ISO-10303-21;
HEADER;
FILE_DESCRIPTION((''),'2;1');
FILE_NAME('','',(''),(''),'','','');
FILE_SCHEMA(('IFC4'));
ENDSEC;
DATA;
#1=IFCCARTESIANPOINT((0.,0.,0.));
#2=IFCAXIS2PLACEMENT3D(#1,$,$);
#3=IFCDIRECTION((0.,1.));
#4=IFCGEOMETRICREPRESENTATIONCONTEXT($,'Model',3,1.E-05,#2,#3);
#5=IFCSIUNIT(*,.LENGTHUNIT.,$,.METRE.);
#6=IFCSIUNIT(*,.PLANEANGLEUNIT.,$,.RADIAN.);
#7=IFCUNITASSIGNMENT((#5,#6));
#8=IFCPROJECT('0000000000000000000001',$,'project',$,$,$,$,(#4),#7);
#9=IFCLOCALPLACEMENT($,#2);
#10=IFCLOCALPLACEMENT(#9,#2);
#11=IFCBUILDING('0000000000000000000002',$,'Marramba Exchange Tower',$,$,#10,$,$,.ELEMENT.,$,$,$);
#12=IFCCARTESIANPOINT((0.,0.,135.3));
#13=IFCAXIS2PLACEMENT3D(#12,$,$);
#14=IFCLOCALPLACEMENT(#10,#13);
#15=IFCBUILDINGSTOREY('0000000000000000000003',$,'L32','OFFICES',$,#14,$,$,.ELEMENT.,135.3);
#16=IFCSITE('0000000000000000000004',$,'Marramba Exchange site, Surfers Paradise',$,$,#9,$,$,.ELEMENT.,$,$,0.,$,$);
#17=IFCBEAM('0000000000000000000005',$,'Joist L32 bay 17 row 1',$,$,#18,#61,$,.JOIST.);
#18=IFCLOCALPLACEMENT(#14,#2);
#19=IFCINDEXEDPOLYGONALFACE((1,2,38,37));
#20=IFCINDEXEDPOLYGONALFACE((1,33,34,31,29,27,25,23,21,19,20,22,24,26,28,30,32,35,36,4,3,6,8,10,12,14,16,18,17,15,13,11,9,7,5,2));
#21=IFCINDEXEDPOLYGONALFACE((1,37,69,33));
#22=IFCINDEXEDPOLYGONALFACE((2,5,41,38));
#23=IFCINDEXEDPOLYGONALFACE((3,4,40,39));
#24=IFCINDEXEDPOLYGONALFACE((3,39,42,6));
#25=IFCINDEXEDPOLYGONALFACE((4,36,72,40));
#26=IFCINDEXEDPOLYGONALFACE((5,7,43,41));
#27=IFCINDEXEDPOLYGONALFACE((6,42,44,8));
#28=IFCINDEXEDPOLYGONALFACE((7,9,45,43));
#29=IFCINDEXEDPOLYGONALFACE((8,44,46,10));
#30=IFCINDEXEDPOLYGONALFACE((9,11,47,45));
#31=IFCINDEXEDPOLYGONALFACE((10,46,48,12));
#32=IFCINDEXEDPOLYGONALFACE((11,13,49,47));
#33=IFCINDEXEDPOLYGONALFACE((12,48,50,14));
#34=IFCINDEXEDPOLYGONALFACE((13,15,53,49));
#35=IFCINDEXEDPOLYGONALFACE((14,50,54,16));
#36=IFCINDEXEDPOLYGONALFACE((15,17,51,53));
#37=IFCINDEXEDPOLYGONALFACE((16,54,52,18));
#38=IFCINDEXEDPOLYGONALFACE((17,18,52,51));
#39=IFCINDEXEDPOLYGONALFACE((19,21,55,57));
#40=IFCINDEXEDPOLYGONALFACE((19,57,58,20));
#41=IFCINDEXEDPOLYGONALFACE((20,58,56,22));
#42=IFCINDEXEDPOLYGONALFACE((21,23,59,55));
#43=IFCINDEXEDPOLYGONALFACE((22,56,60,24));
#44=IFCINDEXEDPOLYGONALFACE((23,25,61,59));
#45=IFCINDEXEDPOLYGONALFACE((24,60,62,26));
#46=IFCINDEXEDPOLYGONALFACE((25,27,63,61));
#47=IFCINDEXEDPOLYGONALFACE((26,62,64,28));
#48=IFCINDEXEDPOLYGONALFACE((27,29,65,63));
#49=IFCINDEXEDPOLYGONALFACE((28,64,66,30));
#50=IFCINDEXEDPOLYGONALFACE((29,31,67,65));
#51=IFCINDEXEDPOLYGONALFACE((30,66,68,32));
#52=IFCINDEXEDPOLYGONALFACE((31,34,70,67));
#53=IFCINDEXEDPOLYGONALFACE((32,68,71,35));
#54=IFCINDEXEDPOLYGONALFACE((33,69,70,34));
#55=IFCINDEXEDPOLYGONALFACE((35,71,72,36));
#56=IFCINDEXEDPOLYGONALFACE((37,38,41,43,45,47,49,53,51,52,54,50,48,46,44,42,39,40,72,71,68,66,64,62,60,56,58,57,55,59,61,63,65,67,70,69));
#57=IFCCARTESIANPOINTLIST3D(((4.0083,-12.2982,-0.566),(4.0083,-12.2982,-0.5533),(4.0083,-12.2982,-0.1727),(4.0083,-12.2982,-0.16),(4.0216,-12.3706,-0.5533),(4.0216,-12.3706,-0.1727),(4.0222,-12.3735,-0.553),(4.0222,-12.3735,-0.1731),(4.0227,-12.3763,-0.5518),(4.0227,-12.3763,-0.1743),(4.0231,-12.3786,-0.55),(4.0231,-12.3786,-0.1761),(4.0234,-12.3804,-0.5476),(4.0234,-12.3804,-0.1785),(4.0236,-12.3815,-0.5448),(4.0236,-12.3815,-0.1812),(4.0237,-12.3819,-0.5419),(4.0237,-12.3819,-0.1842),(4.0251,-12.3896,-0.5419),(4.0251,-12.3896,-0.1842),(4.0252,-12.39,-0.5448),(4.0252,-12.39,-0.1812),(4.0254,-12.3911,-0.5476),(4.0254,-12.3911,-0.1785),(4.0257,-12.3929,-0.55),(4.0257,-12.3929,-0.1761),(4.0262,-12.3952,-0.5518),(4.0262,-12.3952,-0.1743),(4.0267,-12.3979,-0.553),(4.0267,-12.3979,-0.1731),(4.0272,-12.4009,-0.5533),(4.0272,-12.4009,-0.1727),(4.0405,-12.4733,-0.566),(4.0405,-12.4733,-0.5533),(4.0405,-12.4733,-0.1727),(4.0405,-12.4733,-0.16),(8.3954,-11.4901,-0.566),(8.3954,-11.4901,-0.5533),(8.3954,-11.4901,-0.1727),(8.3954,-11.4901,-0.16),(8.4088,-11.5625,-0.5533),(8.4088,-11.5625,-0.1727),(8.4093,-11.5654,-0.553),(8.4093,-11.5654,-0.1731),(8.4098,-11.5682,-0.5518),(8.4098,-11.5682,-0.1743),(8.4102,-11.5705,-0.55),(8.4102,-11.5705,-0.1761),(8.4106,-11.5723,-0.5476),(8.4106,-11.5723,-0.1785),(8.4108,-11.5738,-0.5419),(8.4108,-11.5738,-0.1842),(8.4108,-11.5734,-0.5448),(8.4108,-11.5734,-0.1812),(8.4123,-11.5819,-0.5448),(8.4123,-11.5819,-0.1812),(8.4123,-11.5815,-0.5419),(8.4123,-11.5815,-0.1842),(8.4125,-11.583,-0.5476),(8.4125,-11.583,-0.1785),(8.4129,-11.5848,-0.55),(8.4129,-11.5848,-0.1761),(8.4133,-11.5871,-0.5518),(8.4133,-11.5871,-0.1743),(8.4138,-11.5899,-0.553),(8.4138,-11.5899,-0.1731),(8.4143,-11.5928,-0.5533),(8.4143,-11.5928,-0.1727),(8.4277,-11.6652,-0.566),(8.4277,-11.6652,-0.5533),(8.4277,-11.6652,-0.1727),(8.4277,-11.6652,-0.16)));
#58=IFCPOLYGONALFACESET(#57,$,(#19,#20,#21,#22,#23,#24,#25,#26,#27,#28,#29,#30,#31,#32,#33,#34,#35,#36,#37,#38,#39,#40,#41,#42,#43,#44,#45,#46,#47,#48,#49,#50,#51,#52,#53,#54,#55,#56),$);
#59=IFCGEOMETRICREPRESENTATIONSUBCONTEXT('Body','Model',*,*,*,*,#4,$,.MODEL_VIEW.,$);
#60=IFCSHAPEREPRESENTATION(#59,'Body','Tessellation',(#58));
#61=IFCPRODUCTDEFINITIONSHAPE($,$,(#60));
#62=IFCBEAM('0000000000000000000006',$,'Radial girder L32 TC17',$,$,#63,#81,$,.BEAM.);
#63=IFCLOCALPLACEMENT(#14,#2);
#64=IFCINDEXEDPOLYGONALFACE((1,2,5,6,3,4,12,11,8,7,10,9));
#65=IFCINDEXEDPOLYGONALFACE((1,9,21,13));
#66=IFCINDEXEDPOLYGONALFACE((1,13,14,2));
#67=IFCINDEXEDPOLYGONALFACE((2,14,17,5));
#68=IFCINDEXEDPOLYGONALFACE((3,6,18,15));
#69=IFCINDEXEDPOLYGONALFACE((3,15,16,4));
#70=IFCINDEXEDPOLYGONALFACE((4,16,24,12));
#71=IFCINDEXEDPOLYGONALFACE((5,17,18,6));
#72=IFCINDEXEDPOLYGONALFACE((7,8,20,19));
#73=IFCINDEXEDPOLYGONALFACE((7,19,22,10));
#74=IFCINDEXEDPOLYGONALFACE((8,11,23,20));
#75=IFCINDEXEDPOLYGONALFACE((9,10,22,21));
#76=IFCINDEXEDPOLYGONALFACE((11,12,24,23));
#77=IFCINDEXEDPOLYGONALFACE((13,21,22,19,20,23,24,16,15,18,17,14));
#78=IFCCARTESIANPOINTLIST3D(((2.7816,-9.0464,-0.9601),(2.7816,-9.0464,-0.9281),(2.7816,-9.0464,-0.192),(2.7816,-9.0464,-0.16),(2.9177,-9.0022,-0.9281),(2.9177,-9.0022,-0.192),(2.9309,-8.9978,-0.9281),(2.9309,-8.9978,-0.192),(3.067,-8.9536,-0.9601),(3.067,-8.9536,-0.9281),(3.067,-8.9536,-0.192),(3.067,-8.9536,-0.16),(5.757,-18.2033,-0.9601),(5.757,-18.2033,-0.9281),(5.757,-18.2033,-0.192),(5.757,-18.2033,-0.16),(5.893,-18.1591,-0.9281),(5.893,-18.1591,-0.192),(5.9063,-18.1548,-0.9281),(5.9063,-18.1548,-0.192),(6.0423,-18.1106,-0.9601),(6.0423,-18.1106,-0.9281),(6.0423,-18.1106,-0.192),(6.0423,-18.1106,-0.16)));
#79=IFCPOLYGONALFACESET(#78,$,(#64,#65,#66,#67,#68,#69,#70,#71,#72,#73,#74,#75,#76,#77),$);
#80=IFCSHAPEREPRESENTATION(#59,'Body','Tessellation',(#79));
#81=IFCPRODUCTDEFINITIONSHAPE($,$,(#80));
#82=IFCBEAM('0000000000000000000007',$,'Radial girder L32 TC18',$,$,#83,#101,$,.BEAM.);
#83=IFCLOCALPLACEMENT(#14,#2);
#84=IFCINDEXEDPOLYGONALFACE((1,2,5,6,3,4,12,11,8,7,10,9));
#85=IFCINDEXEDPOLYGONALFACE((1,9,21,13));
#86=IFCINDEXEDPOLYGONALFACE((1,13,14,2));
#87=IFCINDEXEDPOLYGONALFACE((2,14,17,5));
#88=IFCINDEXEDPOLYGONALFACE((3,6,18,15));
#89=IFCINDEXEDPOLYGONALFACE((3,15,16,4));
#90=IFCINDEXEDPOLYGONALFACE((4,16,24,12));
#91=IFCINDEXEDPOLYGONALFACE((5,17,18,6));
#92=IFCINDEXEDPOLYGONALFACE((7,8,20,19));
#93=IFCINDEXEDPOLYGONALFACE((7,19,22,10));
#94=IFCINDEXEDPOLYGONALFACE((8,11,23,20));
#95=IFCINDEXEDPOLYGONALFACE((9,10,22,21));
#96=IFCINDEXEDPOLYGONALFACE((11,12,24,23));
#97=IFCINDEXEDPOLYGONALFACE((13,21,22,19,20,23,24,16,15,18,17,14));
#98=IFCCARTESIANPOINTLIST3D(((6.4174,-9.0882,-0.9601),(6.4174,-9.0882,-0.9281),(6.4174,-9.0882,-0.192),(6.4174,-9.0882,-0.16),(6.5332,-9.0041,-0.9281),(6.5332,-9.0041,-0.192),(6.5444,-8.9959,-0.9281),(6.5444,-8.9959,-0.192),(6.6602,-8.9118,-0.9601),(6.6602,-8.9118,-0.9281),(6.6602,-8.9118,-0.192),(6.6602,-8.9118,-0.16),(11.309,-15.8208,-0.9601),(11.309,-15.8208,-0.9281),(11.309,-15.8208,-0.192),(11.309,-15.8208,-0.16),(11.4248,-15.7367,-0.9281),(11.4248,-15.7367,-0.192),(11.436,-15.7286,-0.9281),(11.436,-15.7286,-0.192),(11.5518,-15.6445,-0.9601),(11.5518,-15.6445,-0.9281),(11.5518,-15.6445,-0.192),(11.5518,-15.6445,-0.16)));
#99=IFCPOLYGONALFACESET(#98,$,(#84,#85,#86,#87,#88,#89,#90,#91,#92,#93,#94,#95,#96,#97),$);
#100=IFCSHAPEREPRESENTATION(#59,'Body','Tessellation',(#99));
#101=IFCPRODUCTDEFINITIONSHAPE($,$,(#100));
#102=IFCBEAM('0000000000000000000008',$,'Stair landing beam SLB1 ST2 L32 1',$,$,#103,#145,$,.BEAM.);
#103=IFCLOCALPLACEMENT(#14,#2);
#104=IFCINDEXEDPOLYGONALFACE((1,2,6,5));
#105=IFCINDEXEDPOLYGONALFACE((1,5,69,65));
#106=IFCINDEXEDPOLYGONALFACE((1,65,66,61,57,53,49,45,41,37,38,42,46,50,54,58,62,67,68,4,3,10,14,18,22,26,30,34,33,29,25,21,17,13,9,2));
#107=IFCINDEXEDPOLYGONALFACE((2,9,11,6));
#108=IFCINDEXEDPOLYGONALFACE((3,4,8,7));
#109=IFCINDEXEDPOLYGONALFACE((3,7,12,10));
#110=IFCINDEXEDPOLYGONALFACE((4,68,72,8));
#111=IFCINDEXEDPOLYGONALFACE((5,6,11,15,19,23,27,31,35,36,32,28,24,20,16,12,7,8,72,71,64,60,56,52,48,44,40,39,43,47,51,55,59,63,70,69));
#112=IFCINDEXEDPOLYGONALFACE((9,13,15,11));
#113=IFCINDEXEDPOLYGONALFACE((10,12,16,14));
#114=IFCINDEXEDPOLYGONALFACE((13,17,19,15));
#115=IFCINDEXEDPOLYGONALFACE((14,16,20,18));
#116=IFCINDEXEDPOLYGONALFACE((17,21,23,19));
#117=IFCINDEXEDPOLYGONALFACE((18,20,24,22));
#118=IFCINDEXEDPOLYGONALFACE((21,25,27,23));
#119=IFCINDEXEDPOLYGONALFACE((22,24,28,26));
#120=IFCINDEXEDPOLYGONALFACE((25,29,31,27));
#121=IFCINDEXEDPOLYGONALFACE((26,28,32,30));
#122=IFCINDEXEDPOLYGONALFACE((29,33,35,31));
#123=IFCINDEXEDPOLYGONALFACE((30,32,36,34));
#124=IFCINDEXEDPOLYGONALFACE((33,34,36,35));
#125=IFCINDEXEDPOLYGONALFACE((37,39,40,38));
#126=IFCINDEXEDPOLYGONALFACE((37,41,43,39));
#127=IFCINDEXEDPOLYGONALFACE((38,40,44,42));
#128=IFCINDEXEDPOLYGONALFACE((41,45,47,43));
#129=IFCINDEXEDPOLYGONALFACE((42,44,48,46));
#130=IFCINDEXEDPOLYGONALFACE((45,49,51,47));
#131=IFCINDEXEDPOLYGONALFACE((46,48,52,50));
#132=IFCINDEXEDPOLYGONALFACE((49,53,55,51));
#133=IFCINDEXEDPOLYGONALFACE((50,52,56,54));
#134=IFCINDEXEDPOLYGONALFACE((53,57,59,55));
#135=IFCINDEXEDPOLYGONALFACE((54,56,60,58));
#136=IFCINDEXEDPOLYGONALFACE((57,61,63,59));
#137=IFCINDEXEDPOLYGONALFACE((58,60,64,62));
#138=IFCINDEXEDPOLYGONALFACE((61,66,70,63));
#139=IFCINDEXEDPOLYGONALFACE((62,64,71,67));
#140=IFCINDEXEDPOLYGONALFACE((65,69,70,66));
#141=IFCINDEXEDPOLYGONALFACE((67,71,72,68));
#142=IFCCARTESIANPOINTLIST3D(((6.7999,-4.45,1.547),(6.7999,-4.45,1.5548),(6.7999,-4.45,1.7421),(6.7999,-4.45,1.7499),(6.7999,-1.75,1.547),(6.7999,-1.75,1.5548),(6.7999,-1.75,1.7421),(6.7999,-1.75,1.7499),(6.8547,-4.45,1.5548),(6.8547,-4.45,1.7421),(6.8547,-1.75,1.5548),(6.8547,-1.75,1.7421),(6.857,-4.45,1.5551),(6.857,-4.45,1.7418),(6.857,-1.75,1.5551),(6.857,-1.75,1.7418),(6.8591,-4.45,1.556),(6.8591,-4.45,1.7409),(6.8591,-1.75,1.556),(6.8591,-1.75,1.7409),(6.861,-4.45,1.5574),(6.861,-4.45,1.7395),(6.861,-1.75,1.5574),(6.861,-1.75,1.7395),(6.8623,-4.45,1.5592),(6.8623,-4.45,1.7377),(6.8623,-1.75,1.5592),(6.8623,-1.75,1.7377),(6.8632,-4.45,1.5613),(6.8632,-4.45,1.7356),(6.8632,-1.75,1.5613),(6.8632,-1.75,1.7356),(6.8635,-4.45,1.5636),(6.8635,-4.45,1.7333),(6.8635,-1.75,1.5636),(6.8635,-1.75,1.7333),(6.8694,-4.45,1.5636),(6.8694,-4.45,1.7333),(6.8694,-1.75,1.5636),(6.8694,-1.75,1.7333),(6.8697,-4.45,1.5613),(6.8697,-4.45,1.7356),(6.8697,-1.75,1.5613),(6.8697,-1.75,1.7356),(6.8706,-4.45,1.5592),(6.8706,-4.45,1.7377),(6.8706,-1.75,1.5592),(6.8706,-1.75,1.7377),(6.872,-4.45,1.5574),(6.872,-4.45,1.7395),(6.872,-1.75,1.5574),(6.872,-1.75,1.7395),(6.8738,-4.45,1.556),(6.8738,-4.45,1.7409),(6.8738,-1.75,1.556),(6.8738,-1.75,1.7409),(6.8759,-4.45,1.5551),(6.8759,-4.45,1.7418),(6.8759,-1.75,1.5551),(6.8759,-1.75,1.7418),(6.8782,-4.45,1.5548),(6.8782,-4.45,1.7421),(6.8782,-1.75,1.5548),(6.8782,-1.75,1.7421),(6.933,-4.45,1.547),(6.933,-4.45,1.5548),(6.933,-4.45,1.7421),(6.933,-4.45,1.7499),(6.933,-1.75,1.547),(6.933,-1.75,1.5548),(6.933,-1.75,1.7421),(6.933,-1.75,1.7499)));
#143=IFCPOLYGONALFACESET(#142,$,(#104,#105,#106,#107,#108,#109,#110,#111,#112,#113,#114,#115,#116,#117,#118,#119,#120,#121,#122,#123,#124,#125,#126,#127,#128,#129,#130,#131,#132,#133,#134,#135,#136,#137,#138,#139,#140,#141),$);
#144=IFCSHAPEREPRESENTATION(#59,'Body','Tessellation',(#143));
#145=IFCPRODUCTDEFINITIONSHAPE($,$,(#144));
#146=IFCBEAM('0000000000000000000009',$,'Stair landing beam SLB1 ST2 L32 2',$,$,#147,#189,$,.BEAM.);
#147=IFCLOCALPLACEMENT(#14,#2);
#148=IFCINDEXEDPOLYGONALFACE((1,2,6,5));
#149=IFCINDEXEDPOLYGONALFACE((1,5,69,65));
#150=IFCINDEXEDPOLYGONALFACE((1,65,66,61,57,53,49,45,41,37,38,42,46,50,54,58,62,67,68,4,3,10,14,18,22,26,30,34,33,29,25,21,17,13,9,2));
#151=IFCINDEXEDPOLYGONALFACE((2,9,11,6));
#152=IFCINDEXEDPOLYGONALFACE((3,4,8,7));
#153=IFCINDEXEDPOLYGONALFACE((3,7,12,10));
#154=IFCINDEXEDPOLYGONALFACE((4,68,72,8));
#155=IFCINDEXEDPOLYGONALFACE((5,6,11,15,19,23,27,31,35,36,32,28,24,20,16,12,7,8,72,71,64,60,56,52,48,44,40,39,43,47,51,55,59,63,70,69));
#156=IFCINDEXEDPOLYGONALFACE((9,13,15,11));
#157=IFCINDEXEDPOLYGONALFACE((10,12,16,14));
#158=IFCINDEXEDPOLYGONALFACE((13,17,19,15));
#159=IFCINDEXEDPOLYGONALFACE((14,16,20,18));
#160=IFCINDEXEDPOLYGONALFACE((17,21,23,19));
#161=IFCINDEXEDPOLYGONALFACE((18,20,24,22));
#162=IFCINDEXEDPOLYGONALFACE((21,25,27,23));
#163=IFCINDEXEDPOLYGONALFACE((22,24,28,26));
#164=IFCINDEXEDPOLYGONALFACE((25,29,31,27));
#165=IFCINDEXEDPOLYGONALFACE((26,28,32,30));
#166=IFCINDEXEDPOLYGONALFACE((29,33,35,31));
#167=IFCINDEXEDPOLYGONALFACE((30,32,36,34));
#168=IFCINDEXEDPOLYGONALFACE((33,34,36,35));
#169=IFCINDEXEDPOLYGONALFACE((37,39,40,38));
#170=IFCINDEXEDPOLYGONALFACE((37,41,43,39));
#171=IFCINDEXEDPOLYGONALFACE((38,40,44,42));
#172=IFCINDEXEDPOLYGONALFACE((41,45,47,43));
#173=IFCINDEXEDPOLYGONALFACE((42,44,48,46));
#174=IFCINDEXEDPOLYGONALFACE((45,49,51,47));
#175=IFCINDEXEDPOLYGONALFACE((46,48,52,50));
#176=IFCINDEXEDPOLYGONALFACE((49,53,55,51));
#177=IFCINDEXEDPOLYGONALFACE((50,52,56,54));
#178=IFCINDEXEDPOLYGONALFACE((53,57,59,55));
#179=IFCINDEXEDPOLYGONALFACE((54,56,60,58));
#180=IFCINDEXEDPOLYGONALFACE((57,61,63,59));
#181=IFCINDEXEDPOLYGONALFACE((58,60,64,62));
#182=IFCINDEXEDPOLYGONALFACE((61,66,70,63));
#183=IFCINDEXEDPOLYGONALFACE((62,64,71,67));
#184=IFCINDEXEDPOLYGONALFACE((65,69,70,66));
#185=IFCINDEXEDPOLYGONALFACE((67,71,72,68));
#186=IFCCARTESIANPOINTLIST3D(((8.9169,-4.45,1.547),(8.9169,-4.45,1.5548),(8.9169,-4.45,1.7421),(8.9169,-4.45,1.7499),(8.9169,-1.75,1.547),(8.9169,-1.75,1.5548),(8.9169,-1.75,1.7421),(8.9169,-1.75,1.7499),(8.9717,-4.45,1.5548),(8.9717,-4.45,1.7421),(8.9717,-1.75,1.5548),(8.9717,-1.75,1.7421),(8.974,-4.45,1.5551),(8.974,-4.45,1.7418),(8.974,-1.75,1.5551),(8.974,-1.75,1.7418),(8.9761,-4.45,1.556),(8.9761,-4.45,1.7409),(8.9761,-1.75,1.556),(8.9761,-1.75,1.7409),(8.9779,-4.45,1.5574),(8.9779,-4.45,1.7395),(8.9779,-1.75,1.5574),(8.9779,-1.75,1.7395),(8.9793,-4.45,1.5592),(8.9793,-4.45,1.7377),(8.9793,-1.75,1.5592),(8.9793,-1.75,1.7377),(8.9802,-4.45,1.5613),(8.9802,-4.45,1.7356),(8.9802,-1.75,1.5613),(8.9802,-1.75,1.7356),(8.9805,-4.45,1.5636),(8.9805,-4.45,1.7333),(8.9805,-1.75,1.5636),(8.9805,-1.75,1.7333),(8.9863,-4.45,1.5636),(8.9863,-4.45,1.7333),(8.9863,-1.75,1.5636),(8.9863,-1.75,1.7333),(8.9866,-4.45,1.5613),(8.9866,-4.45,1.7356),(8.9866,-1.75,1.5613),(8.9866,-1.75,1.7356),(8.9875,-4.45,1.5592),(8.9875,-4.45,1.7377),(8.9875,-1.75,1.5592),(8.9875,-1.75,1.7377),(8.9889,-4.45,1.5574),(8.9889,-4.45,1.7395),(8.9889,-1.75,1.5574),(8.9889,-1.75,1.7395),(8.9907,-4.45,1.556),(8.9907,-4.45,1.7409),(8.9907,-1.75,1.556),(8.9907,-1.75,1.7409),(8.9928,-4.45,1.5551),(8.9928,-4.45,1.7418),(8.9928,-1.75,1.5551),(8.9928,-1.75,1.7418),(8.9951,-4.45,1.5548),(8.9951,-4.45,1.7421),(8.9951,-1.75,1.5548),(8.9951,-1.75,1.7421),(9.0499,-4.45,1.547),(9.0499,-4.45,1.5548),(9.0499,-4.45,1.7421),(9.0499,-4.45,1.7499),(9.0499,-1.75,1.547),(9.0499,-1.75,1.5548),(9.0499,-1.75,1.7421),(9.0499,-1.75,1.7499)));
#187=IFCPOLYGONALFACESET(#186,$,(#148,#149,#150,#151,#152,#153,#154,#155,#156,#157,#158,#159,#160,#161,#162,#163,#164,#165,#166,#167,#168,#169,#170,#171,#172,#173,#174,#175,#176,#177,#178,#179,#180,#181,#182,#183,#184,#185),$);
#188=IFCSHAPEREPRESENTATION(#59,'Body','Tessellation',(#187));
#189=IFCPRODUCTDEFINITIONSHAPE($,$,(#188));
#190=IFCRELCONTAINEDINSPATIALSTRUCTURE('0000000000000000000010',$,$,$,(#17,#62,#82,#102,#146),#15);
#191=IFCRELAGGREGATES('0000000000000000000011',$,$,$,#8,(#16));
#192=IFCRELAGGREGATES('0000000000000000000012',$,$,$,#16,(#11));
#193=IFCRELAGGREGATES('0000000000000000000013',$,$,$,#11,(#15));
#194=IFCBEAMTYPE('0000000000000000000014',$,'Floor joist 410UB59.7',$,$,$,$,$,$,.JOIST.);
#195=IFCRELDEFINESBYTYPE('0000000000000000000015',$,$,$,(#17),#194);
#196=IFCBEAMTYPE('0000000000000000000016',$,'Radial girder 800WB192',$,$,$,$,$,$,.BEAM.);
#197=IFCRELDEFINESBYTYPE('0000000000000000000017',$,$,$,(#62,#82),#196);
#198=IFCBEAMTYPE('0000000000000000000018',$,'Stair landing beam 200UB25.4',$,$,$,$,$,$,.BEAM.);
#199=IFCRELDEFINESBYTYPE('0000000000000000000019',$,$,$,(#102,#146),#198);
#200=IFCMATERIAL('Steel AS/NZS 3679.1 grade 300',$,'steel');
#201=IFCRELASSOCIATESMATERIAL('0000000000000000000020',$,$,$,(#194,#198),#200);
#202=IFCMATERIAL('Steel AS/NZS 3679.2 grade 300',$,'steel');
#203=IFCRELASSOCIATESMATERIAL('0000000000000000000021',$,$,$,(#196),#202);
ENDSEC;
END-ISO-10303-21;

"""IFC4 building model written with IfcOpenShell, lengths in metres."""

from ifc_helpers import new_model, si_unit, direction, frame, origin, origin_2d, place, context, subcontext, project, spatial, i_section, extrude, material, material_profile, profile_set, type_object, element, save


model = new_model("IFC4")

# Units and contexts
model_context = context("Model", 3, precision=1e-05, world=origin(), true_north=direction((0.0, 1.0)))
body_context = subcontext(model_context, "Body", "Model", "MODEL_VIEW")
ifc_project = project(units=[si_unit("LENGTHUNIT", "METRE"), si_unit("PLANEANGLEUNIT", "RADIAN")], contexts=[model_context])

# Site, building, storey
site_placement = place(None, origin())
site = spatial("IfcSite", under=ifc_project, at=site_placement, Name="Marramba Exchange site, Surfers Paradise", CompositionType="ELEMENT", RefElevation=0.0)
building_placement = place(site_placement, origin())
building = spatial("IfcBuilding", under=site, at=building_placement, Name="Marramba Exchange Tower", CompositionType="ELEMENT")
storey_placement = place(building_placement, frame((0.0, 0.0, 135.3)))
storey = spatial("IfcBuildingStorey", under=building, at=storey_placement, Name="L32", Description="OFFICES", CompositionType="ELEMENT", Elevation=135.3)

# Beams
ifc_material_1 = material(Name="Steel AS/NZS 3679.1 grade 300", Category="steel")
ifc_material_profile_1 = material_profile(ifc_material_1, i_section(OverallWidth=0.178, OverallDepth=0.406, WebThickness=0.0078, FlangeThickness=0.0127, FilletRadius=0.0115, at=origin_2d()), Name="410UB59.7")
ifc_profile_set_1 = profile_set([ifc_material_profile_1], Name="Steel AS/NZS 3679.1 grade 300")
beam_type_1 = type_object("IfcBeamType", Name="Floor joist 410UB59.7", PredefinedType="JOIST", material=ifc_profile_set_1)
beam_1_placement = place(storey_placement, frame((4.0244, -12.3857, -0.363), z_axis=(0.983456, 0.181149, 0.0), x_axis=(-0.181149, 0.983456, 0.0)))
element("IfcBeam", 1, at=beam_1_placement, inside=storey, type_object=beam_type_1, Name="Joist L32 bay 17 row 1", PredefinedType="JOIST", context=body_context, shape_type="SweptSolid", body=[
    extrude(i_section(OverallWidth=0.178, OverallDepth=0.406, WebThickness=0.0078, FlangeThickness=0.0127, FilletRadius=0.0115, at=origin_2d()), origin(), (0.0, 0.0, 1.0), 4.4609),
])
ifc_material_2 = material(Name="Steel AS/NZS 3679.2 grade 300", Category="steel")
ifc_material_profile_2 = material_profile(ifc_material_2, i_section(OverallWidth=0.3, OverallDepth=0.8, WebThickness=0.0139, FlangeThickness=0.032, at=origin_2d()), Name="800WB192")
ifc_profile_set_2 = profile_set([ifc_material_profile_2], Name="Steel AS/NZS 3679.2 grade 300")
beam_type_2 = type_object("IfcBeamType", Name="Radial girder 800WB192", PredefinedType="BEAM", material=ifc_profile_set_2)
beam_2_placement = place(storey_placement, frame((2.9243, -9.0, -0.5601), z_axis=(0.309022, -0.951055, 0.0), x_axis=(0.951055, 0.309022, 0.0)))
element("IfcBeam", 2, at=beam_2_placement, inside=storey, type_object=beam_type_2, Name="Radial girder L32 TC17", PredefinedType="BEAM", context=body_context, shape_type="SweptSolid", body=[
    extrude(i_section(OverallWidth=0.3, OverallDepth=0.8, WebThickness=0.0139, FlangeThickness=0.032, at=origin_2d()), origin(), (0.0, 0.0, 1.0), 9.6282),
])
beam_3_placement = place(storey_placement, frame((6.5388, -9.0, -0.5601), z_axis=(0.587788, -0.809015, 0.0), x_axis=(0.809015, 0.587788, 0.0)))
element("IfcBeam", 3, at=beam_3_placement, inside=storey, type_object=beam_type_2, Name="Radial girder L32 TC18", PredefinedType="BEAM", context=body_context, shape_type="SweptSolid", body=[
    extrude(i_section(OverallWidth=0.3, OverallDepth=0.8, WebThickness=0.0139, FlangeThickness=0.032, at=origin_2d()), origin(), (0.0, 0.0, 1.0), 8.322),
])
ifc_material_profile_3 = material_profile(ifc_material_1, i_section(OverallWidth=0.1331, OverallDepth=0.2029, WebThickness=0.0059, FlangeThickness=0.0078, FilletRadius=0.0088, at=origin_2d()), Name="200UB25.4")
ifc_profile_set_3 = profile_set([ifc_material_profile_3], Name="Steel AS/NZS 3679.1 grade 300")
beam_type_3 = type_object("IfcBeamType", Name="Stair landing beam 200UB25.4", PredefinedType="BEAM", material=ifc_profile_set_3)
for number, where, z_axis, x_axis, name in (
    (4, (6.8665, -4.45, 1.6484), (0.0, 1.0, 0.0), (-1.0, 0.0, 0.0), "Stair landing beam SLB1 ST2 L32 1"),
    (5, (8.9834, -4.45, 1.6484), (0.0, 1.0, 0.0), (-1.0, 0.0, 0.0), "Stair landing beam SLB1 ST2 L32 2"),
):
    element("IfcBeam", number, at=place(storey_placement, frame(where, z_axis=z_axis, x_axis=x_axis)), inside=storey, type_object=beam_type_3, Name=name, PredefinedType="BEAM", context=body_context, shape_type="SweptSolid", body=[
        extrude(i_section(OverallWidth=0.1331, OverallDepth=0.2029, WebThickness=0.0059, FlangeThickness=0.0078, FilletRadius=0.0088, at=origin_2d()), origin(), (0.0, 0.0, 1.0), 2.7),
    ])

save(model, "model.ifc")
